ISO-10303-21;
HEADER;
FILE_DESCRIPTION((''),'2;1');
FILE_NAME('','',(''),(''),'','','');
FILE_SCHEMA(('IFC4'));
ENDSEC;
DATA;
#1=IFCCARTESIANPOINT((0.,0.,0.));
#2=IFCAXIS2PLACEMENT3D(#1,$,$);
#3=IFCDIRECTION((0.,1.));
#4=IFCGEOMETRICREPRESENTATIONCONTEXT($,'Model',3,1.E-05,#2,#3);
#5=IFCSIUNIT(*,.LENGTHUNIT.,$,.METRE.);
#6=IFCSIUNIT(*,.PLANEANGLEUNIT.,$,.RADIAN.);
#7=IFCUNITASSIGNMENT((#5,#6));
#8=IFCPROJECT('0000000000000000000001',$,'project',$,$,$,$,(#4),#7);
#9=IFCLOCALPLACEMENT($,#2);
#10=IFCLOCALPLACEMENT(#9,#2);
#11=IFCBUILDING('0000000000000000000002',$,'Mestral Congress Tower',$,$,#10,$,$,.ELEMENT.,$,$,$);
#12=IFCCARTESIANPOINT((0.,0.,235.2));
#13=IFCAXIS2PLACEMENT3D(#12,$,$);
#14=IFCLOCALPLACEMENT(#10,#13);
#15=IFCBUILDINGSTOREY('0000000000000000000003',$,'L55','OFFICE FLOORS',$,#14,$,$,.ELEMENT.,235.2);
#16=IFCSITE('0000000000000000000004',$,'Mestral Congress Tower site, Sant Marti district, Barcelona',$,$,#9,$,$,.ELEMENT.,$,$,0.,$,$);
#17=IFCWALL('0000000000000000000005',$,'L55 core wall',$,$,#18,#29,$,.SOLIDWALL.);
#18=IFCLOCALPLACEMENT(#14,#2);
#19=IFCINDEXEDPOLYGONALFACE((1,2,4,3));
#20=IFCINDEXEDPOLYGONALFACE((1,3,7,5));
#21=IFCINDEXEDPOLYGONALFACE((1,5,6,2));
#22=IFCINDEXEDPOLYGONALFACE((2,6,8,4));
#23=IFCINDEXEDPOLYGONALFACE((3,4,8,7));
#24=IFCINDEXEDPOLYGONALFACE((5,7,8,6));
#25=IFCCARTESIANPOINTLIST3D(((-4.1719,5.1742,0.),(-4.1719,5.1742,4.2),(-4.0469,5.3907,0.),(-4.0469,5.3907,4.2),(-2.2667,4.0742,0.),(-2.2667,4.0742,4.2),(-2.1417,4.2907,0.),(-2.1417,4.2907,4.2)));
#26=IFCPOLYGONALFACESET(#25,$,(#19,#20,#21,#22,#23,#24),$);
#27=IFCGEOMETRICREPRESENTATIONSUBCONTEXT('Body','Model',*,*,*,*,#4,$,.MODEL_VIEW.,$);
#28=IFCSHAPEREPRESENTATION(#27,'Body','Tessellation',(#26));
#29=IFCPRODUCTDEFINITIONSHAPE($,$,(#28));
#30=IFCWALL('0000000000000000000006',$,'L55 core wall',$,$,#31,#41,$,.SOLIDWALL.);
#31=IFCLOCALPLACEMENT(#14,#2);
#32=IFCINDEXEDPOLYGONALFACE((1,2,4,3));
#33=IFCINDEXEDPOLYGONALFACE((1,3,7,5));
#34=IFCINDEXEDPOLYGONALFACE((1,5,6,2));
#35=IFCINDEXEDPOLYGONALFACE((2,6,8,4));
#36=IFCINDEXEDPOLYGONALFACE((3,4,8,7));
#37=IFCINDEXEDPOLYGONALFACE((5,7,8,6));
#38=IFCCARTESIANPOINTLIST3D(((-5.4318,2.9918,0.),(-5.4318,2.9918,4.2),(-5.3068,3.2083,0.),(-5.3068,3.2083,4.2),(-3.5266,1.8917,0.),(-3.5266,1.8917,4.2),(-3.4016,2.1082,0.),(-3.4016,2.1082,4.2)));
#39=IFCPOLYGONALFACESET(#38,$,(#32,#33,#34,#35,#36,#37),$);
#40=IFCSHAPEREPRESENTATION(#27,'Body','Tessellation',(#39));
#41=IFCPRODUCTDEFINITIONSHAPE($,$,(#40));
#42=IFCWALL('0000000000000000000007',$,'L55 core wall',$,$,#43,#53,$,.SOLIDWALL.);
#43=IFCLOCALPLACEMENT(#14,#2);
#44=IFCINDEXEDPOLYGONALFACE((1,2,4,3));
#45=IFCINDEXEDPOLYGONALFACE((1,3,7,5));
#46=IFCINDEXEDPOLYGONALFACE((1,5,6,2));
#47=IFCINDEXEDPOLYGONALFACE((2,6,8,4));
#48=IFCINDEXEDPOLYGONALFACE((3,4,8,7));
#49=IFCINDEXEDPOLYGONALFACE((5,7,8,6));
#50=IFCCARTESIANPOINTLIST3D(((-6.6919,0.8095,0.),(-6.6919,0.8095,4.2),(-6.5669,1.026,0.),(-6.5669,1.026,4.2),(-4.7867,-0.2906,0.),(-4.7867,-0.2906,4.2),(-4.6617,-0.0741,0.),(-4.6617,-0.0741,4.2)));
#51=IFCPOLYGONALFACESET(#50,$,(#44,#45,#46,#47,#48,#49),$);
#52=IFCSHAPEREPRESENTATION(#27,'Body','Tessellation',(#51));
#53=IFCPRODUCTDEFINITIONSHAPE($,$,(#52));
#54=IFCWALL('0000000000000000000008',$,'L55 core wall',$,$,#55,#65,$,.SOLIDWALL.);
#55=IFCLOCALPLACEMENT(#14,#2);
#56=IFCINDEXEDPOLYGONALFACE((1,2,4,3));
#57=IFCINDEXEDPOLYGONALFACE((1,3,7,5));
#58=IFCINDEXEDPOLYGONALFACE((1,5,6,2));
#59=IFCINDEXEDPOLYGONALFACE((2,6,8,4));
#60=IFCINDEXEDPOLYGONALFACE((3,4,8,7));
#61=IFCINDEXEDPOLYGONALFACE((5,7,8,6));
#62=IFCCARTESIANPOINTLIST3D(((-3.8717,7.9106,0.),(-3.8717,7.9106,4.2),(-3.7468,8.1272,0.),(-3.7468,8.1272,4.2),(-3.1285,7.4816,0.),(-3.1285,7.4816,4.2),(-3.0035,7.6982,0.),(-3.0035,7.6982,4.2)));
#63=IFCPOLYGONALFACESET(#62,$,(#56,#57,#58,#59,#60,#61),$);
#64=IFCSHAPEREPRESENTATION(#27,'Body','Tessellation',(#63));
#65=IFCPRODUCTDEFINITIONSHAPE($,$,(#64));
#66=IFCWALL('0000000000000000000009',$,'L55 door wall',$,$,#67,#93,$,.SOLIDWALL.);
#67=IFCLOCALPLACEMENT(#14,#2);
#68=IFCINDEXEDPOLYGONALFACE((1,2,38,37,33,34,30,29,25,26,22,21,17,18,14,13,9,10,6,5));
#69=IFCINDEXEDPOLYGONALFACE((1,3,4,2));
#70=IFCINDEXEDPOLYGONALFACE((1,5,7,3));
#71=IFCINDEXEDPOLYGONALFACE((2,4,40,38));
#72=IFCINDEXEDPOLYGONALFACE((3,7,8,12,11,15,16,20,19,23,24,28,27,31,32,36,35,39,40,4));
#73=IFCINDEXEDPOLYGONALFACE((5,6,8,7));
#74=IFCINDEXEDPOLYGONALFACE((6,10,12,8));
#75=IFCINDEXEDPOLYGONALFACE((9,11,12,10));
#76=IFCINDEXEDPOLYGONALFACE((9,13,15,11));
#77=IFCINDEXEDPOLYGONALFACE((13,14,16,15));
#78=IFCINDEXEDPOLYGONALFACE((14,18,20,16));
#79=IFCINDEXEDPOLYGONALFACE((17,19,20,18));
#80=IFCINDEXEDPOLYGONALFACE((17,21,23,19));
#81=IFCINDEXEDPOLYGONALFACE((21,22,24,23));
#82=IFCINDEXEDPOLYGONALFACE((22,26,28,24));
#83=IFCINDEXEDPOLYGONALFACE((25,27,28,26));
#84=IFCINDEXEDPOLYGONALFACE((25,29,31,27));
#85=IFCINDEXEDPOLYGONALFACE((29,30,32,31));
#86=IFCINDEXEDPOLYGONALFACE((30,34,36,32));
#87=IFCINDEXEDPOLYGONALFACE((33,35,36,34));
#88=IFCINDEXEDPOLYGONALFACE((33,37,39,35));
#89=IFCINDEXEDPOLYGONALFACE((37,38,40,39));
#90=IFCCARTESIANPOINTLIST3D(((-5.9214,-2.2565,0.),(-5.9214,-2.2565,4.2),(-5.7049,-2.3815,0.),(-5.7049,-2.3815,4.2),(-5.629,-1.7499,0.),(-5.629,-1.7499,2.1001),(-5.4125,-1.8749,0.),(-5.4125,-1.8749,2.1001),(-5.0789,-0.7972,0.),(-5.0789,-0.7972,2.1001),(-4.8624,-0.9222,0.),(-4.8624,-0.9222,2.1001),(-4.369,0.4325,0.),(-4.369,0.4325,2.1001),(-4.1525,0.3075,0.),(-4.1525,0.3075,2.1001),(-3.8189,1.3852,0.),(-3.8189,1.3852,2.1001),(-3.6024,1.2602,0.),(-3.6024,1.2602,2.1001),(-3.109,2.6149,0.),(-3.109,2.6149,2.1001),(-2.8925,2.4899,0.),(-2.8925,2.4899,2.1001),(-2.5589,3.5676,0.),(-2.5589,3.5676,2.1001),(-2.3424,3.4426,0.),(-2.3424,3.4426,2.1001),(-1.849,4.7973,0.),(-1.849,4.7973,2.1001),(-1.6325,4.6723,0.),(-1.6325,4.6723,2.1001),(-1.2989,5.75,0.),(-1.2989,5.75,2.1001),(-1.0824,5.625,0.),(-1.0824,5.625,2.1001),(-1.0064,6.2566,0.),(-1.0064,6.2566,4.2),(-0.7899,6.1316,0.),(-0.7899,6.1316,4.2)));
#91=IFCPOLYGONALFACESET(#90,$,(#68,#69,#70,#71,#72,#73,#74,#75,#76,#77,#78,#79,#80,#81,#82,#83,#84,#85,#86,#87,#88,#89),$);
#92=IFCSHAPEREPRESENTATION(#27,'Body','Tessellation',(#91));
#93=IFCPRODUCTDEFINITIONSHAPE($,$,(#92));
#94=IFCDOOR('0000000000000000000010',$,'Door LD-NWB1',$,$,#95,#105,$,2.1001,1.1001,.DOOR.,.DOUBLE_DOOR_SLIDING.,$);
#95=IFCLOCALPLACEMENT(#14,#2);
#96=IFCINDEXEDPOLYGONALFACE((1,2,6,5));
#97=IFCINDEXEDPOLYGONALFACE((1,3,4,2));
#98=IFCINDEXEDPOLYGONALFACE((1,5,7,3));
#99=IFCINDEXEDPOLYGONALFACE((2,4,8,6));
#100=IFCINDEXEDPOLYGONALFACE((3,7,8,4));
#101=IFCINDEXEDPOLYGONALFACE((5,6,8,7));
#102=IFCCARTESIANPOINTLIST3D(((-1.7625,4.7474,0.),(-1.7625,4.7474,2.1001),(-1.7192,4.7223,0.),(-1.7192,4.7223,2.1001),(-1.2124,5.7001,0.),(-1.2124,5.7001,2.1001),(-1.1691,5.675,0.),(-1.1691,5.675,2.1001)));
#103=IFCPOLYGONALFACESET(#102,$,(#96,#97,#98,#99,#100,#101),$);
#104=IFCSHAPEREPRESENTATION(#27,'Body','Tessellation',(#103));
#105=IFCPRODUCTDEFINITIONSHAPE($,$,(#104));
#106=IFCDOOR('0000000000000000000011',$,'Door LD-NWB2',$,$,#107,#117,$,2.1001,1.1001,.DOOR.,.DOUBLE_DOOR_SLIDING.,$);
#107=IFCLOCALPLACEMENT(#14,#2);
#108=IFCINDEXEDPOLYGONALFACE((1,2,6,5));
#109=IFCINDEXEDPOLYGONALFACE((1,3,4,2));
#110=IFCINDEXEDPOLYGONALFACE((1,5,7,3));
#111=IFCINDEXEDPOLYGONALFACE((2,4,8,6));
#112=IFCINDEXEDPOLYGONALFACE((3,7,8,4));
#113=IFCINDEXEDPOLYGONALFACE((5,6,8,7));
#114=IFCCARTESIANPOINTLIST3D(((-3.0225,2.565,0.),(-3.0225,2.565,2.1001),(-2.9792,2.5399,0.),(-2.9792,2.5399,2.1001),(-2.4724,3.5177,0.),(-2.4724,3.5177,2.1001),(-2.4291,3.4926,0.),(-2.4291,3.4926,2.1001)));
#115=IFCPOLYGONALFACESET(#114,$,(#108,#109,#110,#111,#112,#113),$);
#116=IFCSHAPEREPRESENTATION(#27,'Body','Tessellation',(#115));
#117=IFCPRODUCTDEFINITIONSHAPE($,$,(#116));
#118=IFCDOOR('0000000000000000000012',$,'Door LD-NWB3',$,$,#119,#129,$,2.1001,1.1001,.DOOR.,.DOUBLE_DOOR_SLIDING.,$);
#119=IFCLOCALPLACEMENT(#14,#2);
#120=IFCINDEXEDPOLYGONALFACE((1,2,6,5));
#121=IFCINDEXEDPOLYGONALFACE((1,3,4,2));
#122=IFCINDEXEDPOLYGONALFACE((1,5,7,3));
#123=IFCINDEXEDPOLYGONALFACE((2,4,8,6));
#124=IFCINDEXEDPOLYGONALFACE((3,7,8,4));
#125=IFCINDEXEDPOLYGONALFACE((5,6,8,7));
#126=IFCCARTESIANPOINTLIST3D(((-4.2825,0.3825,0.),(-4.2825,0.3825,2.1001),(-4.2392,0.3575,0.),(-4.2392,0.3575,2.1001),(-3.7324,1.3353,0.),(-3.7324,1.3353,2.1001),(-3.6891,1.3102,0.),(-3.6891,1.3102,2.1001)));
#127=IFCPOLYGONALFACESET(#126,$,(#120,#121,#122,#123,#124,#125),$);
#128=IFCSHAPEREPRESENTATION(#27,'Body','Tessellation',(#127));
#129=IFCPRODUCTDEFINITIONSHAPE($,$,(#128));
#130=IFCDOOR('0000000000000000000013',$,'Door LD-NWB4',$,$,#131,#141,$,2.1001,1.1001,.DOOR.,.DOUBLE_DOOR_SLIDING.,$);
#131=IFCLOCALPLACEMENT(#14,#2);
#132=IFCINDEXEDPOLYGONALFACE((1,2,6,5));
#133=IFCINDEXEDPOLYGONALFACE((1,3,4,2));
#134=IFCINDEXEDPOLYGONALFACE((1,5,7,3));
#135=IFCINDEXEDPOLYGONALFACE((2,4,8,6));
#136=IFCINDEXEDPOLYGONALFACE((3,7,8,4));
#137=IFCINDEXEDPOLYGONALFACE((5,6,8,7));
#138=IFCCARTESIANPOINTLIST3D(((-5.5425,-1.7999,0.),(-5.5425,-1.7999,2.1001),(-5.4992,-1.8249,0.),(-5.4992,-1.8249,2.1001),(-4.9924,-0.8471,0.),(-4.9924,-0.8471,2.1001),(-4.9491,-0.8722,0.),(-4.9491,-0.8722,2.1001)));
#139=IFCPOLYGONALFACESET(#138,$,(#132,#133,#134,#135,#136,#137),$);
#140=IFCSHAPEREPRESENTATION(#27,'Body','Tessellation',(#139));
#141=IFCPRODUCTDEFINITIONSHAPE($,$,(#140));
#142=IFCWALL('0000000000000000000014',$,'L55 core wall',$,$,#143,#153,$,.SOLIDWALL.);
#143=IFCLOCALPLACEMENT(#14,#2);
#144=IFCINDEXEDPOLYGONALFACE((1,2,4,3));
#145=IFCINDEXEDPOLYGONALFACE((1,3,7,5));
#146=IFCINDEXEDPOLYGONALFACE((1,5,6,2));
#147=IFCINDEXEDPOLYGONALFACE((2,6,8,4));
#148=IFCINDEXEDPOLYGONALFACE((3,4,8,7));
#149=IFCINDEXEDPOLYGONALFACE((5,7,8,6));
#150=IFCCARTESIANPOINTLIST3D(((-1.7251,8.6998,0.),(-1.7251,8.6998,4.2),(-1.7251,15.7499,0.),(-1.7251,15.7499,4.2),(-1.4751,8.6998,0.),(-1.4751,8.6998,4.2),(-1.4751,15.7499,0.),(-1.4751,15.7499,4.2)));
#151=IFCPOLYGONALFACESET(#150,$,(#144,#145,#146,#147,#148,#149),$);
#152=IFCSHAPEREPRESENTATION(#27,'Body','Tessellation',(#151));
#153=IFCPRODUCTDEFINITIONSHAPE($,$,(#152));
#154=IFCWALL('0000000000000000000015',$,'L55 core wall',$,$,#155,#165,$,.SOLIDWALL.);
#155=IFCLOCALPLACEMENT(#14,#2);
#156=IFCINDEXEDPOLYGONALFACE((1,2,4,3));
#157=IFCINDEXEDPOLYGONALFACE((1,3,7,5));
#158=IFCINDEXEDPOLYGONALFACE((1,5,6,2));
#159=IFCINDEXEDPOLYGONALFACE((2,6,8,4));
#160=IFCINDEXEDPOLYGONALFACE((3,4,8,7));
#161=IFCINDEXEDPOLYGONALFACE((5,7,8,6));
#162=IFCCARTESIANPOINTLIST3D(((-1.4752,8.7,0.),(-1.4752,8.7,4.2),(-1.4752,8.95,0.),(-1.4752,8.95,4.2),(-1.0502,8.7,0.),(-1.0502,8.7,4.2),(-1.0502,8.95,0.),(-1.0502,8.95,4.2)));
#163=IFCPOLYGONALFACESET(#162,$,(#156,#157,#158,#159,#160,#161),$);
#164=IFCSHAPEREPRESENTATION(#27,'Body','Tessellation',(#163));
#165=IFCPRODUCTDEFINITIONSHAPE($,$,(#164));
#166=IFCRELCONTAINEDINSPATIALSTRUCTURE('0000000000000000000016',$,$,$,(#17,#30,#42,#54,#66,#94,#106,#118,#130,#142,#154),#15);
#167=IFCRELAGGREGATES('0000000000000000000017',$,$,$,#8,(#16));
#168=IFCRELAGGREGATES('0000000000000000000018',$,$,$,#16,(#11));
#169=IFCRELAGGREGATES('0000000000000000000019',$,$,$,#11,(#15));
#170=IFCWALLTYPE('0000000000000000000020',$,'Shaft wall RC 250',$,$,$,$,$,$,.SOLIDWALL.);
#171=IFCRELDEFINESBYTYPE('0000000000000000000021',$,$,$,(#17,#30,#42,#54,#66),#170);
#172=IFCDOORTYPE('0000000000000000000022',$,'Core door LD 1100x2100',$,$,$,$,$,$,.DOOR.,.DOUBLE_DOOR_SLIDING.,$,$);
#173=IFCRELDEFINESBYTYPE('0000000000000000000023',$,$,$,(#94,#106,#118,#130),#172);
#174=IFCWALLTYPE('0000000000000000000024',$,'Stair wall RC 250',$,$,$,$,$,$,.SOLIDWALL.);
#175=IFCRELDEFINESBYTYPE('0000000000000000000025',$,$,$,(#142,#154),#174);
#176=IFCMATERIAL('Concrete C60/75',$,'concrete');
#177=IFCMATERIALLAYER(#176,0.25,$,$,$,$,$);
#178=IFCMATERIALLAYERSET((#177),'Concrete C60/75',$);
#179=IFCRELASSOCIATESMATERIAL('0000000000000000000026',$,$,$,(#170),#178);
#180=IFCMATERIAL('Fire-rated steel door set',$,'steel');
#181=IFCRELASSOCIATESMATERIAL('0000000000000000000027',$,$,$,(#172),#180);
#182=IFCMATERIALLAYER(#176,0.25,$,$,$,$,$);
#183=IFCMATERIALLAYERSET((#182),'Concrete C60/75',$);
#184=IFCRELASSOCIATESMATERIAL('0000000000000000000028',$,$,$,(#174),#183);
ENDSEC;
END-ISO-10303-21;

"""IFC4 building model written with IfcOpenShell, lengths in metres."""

from ifc_helpers import new_model, si_unit, direction, frame, frame_2d, origin, place, context, subcontext, project, spatial, rectangle, extrude, material, layer, layer_set, type_object, element, fill, save


model = new_model("IFC4")

# Units and contexts
model_context = context("Model", 3, precision=1e-05, world=origin(), true_north=direction((0.0, 1.0)))
body_context = subcontext(model_context, "Body", "Model", "MODEL_VIEW")
ifc_project = project(units=[si_unit("LENGTHUNIT", "METRE"), si_unit("PLANEANGLEUNIT", "RADIAN")], contexts=[model_context])

# Site, building, storey
site_placement = place(None, origin())
site = spatial("IfcSite", under=ifc_project, at=site_placement, Name="Mestral Congress Tower site, Sant Marti district, Barcelona", CompositionType="ELEMENT", RefElevation=0.0)
building_placement = place(site_placement, origin())
building = spatial("IfcBuilding", under=site, at=building_placement, Name="Mestral Congress Tower", CompositionType="ELEMENT")
storey_placement = place(building_placement, frame((0.0, 0.0, 235.2)))
storey = spatial("IfcBuildingStorey", under=building, at=storey_placement, Name="L55", Description="OFFICE FLOORS", CompositionType="ELEMENT", Elevation=235.2)

# Shared definitions
ifc_material_1 = material(Name="Concrete C60/75", Category="concrete")

# Shared definitions
ifc_material_2 = material(Name="Fire-rated steel door set", Category="steel")

# Walls
ifc_layer_1 = layer(ifc_material_1, 0.25)
ifc_layer_set_1 = layer_set([ifc_layer_1], Name="Concrete C60/75")
wall_type_1 = type_object("IfcWallType", Name="Shaft wall RC 250", PredefinedType="SOLIDWALL", material=ifc_layer_set_1)
for number, where, z_axis, x_axis, name in (
    (1, (-2.2041, 4.1824, 0.0), (0.0, 0.0, 1.0), (-0.866008, 0.50003, 0.0), "L55 core wall"),
    (2, (-5.3694, 3.1001, 0.0), (0.0, 0.0, 1.0), (0.866008, -0.50003, 0.0), "L55 core wall"),
    (3, (-4.7241, -0.1824, 0.0), (0.0, 0.0, 1.0), (-0.866008, 0.50003, 0.0), "L55 core wall"),
):
    element("IfcWall", number, at=place(storey_placement, frame(where, z_axis=z_axis, x_axis=x_axis)), inside=storey, type_object=wall_type_1, Name=name, PredefinedType="SOLIDWALL", context=body_context, shape_type="SweptSolid", body=[
        extrude(rectangle(XDim=2.2, YDim=0.25, at=frame_2d((1.1001, 0.0))), origin(), (0.0, 0.0, 1.0), 4.2),
    ])
wall_1_placement = place(storey_placement, frame((-3.0659, 7.5898, 0.0), z_axis=(0.0, 0.0, 1.0), x_axis=(-0.866081, 0.499903, 0.0)))
element("IfcWall", 4, at=wall_1_placement, inside=storey, type_object=wall_type_1, Name="L55 core wall", PredefinedType="SOLIDWALL", context=body_context, shape_type="SweptSolid", body=[
    extrude(rectangle(XDim=0.8582, YDim=0.25, at=frame_2d((0.4292, 0.0))), origin(), (0.0, 0.0, 1.0), 4.2),
])

# Wall, openings, doors
wall_2_placement = place(storey_placement, frame((-0.8982, 6.1941, 0.0), z_axis=(0.0, 0.0, 1.0), x_axis=(-0.499996, -0.866028, 0.0)))
wall_2 = element("IfcWall", 5, at=wall_2_placement, inside=storey, type_object=wall_type_1, Name="L55 door wall", PredefinedType="SOLIDWALL", context=body_context, shape_type="SweptSolid", body=[
    extrude(rectangle(XDim=9.8301, YDim=0.25, at=frame_2d((4.915, 0.0))), origin(), (0.0, 0.0, 1.0), 4.2),
])
opening_1_placement = place(wall_2_placement, frame((0.585, 0.0, 0.0)))
opening_1 = element("IfcOpeningElement", 6, at=opening_1_placement, cuts=wall_2, PredefinedType="OPENING", context=body_context, shape_type="SweptSolid", body=[
    extrude(rectangle(XDim=1.1001, YDim=2.1001, at=frame_2d((0.55, 1.05))), frame((0.0, 0.135, 0.0), z_axis=(0.0, -1.0, 0.0), x_axis=(1.0, 0.0, 0.0)), (0.0, 0.0, 1.0), 0.27),
])
opening_2_placement = place(wall_2_placement, frame((3.105, 0.0, 0.0)))
opening_2 = element("IfcOpeningElement", 7, at=opening_2_placement, cuts=wall_2, PredefinedType="OPENING", context=body_context, shape_type="SweptSolid", body=[
    extrude(rectangle(XDim=1.1001, YDim=2.1001, at=frame_2d((0.55, 1.05))), frame((0.0, 0.135, 0.0), z_axis=(0.0, -1.0, 0.0), x_axis=(1.0, 0.0, 0.0)), (0.0, 0.0, 1.0), 0.27),
])
opening_3_placement = place(wall_2_placement, frame((5.625, 0.0, 0.0)))
opening_3 = element("IfcOpeningElement", 8, at=opening_3_placement, cuts=wall_2, PredefinedType="OPENING", context=body_context, shape_type="SweptSolid", body=[
    extrude(rectangle(XDim=1.1001, YDim=2.1001, at=frame_2d((0.55, 1.05))), frame((0.0, 0.135, 0.0), z_axis=(0.0, -1.0, 0.0), x_axis=(1.0, 0.0, 0.0)), (0.0, 0.0, 1.0), 0.27),
])
opening_4_placement = place(wall_2_placement, frame((8.145, 0.0, 0.0)))
opening_4 = element("IfcOpeningElement", 9, at=opening_4_placement, cuts=wall_2, PredefinedType="OPENING", context=body_context, shape_type="SweptSolid", body=[
    extrude(rectangle(XDim=1.1001, YDim=2.1001, at=frame_2d((0.55, 1.05))), frame((0.0, 0.135, 0.0), z_axis=(0.0, -1.0, 0.0), x_axis=(1.0, 0.0, 0.0)), (0.0, 0.0, 1.0), 0.27),
])
door_type_1 = type_object("IfcDoorType", Name="Core door LD 1100x2100", OperationType="DOUBLE_DOOR_SLIDING", PredefinedType="DOOR", material=ifc_material_2)
door_1_placement = place(opening_1_placement, origin())
door_1 = element("IfcDoor", 10, at=door_1_placement, inside=storey, type_object=door_type_1, Name="Door LD-NWB1", OperationType="DOUBLE_DOOR_SLIDING", OverallHeight=2.1001, OverallWidth=1.1001, PredefinedType="DOOR", context=body_context, shape_type="SweptSolid", body=[
    extrude(rectangle(XDim=1.1001, YDim=2.1001, at=frame_2d((0.55, 1.05))), frame((0.0, 0.0249, 0.0), z_axis=(0.0, -1.0, 0.0), x_axis=(1.0, 0.0, 0.0)), (0.0, 0.0, 1.0), 0.05),
])
fill(opening_1, door_1)
door_2_placement = place(opening_2_placement, origin())
door_2 = element("IfcDoor", 11, at=door_2_placement, inside=storey, type_object=door_type_1, Name="Door LD-NWB2", OperationType="DOUBLE_DOOR_SLIDING", OverallHeight=2.1001, OverallWidth=1.1001, PredefinedType="DOOR", context=body_context, shape_type="SweptSolid", body=[
    extrude(rectangle(XDim=1.1001, YDim=2.1001, at=frame_2d((0.55, 1.05))), frame((0.0, 0.0249, 0.0), z_axis=(0.0, -1.0, 0.0), x_axis=(1.0, 0.0, 0.0)), (0.0, 0.0, 1.0), 0.05),
])
fill(opening_2, door_2)
door_3_placement = place(opening_3_placement, origin())
door_3 = element("IfcDoor", 12, at=door_3_placement, inside=storey, type_object=door_type_1, Name="Door LD-NWB3", OperationType="DOUBLE_DOOR_SLIDING", OverallHeight=2.1001, OverallWidth=1.1001, PredefinedType="DOOR", context=body_context, shape_type="SweptSolid", body=[
    extrude(rectangle(XDim=1.1001, YDim=2.1001, at=frame_2d((0.55, 1.05))), frame((0.0, 0.0249, 0.0), z_axis=(0.0, -1.0, 0.0), x_axis=(1.0, 0.0, 0.0)), (0.0, 0.0, 1.0), 0.05),
])
fill(opening_3, door_3)
door_4_placement = place(opening_4_placement, origin())
door_4 = element("IfcDoor", 13, at=door_4_placement, inside=storey, type_object=door_type_1, Name="Door LD-NWB4", OperationType="DOUBLE_DOOR_SLIDING", OverallHeight=2.1001, OverallWidth=1.1001, PredefinedType="DOOR", context=body_context, shape_type="SweptSolid", body=[
    extrude(rectangle(XDim=1.1001, YDim=2.1001, at=frame_2d((0.55, 1.05))), frame((0.0, 0.0249, 0.0), z_axis=(0.0, -1.0, 0.0), x_axis=(1.0, 0.0, 0.0)), (0.0, 0.0, 1.0), 0.05),
])
fill(opening_4, door_4)

# Walls
ifc_layer_2 = layer(ifc_material_1, 0.25)
ifc_layer_set_2 = layer_set([ifc_layer_2], Name="Concrete C60/75")
wall_type_2 = type_object("IfcWallType", Name="Stair wall RC 250", PredefinedType="SOLIDWALL", material=ifc_layer_set_2)
wall_3_placement = place(storey_placement, frame((-1.6001, 8.7, 0.0), z_axis=(0.0, 0.0, 1.0), x_axis=(0.0, 1.0, 0.0)))
element("IfcWall", 14, at=wall_3_placement, inside=storey, type_object=wall_type_2, Name="L55 core wall", PredefinedType="SOLIDWALL", context=body_context, shape_type="SweptSolid", body=[
    extrude(rectangle(XDim=7.05, YDim=0.25, at=frame_2d((3.5249, 0.0))), origin(), (0.0, 0.0, 1.0), 4.2),
])
wall_4_placement = place(storey_placement, frame((-1.4751, 8.825, 0.0), z_axis=(0.0, 0.0, 1.0), x_axis=(1.0, 0.0, 0.0)))
element("IfcWall", 15, at=wall_4_placement, inside=storey, type_object=wall_type_2, Name="L55 core wall", PredefinedType="SOLIDWALL", context=body_context, shape_type="SweptSolid", body=[
    extrude(rectangle(XDim=0.425, YDim=0.25, at=frame_2d((0.2124, 0.0))), origin(), (0.0, 0.0, 1.0), 4.2),
])

save(model, "model.ifc")
